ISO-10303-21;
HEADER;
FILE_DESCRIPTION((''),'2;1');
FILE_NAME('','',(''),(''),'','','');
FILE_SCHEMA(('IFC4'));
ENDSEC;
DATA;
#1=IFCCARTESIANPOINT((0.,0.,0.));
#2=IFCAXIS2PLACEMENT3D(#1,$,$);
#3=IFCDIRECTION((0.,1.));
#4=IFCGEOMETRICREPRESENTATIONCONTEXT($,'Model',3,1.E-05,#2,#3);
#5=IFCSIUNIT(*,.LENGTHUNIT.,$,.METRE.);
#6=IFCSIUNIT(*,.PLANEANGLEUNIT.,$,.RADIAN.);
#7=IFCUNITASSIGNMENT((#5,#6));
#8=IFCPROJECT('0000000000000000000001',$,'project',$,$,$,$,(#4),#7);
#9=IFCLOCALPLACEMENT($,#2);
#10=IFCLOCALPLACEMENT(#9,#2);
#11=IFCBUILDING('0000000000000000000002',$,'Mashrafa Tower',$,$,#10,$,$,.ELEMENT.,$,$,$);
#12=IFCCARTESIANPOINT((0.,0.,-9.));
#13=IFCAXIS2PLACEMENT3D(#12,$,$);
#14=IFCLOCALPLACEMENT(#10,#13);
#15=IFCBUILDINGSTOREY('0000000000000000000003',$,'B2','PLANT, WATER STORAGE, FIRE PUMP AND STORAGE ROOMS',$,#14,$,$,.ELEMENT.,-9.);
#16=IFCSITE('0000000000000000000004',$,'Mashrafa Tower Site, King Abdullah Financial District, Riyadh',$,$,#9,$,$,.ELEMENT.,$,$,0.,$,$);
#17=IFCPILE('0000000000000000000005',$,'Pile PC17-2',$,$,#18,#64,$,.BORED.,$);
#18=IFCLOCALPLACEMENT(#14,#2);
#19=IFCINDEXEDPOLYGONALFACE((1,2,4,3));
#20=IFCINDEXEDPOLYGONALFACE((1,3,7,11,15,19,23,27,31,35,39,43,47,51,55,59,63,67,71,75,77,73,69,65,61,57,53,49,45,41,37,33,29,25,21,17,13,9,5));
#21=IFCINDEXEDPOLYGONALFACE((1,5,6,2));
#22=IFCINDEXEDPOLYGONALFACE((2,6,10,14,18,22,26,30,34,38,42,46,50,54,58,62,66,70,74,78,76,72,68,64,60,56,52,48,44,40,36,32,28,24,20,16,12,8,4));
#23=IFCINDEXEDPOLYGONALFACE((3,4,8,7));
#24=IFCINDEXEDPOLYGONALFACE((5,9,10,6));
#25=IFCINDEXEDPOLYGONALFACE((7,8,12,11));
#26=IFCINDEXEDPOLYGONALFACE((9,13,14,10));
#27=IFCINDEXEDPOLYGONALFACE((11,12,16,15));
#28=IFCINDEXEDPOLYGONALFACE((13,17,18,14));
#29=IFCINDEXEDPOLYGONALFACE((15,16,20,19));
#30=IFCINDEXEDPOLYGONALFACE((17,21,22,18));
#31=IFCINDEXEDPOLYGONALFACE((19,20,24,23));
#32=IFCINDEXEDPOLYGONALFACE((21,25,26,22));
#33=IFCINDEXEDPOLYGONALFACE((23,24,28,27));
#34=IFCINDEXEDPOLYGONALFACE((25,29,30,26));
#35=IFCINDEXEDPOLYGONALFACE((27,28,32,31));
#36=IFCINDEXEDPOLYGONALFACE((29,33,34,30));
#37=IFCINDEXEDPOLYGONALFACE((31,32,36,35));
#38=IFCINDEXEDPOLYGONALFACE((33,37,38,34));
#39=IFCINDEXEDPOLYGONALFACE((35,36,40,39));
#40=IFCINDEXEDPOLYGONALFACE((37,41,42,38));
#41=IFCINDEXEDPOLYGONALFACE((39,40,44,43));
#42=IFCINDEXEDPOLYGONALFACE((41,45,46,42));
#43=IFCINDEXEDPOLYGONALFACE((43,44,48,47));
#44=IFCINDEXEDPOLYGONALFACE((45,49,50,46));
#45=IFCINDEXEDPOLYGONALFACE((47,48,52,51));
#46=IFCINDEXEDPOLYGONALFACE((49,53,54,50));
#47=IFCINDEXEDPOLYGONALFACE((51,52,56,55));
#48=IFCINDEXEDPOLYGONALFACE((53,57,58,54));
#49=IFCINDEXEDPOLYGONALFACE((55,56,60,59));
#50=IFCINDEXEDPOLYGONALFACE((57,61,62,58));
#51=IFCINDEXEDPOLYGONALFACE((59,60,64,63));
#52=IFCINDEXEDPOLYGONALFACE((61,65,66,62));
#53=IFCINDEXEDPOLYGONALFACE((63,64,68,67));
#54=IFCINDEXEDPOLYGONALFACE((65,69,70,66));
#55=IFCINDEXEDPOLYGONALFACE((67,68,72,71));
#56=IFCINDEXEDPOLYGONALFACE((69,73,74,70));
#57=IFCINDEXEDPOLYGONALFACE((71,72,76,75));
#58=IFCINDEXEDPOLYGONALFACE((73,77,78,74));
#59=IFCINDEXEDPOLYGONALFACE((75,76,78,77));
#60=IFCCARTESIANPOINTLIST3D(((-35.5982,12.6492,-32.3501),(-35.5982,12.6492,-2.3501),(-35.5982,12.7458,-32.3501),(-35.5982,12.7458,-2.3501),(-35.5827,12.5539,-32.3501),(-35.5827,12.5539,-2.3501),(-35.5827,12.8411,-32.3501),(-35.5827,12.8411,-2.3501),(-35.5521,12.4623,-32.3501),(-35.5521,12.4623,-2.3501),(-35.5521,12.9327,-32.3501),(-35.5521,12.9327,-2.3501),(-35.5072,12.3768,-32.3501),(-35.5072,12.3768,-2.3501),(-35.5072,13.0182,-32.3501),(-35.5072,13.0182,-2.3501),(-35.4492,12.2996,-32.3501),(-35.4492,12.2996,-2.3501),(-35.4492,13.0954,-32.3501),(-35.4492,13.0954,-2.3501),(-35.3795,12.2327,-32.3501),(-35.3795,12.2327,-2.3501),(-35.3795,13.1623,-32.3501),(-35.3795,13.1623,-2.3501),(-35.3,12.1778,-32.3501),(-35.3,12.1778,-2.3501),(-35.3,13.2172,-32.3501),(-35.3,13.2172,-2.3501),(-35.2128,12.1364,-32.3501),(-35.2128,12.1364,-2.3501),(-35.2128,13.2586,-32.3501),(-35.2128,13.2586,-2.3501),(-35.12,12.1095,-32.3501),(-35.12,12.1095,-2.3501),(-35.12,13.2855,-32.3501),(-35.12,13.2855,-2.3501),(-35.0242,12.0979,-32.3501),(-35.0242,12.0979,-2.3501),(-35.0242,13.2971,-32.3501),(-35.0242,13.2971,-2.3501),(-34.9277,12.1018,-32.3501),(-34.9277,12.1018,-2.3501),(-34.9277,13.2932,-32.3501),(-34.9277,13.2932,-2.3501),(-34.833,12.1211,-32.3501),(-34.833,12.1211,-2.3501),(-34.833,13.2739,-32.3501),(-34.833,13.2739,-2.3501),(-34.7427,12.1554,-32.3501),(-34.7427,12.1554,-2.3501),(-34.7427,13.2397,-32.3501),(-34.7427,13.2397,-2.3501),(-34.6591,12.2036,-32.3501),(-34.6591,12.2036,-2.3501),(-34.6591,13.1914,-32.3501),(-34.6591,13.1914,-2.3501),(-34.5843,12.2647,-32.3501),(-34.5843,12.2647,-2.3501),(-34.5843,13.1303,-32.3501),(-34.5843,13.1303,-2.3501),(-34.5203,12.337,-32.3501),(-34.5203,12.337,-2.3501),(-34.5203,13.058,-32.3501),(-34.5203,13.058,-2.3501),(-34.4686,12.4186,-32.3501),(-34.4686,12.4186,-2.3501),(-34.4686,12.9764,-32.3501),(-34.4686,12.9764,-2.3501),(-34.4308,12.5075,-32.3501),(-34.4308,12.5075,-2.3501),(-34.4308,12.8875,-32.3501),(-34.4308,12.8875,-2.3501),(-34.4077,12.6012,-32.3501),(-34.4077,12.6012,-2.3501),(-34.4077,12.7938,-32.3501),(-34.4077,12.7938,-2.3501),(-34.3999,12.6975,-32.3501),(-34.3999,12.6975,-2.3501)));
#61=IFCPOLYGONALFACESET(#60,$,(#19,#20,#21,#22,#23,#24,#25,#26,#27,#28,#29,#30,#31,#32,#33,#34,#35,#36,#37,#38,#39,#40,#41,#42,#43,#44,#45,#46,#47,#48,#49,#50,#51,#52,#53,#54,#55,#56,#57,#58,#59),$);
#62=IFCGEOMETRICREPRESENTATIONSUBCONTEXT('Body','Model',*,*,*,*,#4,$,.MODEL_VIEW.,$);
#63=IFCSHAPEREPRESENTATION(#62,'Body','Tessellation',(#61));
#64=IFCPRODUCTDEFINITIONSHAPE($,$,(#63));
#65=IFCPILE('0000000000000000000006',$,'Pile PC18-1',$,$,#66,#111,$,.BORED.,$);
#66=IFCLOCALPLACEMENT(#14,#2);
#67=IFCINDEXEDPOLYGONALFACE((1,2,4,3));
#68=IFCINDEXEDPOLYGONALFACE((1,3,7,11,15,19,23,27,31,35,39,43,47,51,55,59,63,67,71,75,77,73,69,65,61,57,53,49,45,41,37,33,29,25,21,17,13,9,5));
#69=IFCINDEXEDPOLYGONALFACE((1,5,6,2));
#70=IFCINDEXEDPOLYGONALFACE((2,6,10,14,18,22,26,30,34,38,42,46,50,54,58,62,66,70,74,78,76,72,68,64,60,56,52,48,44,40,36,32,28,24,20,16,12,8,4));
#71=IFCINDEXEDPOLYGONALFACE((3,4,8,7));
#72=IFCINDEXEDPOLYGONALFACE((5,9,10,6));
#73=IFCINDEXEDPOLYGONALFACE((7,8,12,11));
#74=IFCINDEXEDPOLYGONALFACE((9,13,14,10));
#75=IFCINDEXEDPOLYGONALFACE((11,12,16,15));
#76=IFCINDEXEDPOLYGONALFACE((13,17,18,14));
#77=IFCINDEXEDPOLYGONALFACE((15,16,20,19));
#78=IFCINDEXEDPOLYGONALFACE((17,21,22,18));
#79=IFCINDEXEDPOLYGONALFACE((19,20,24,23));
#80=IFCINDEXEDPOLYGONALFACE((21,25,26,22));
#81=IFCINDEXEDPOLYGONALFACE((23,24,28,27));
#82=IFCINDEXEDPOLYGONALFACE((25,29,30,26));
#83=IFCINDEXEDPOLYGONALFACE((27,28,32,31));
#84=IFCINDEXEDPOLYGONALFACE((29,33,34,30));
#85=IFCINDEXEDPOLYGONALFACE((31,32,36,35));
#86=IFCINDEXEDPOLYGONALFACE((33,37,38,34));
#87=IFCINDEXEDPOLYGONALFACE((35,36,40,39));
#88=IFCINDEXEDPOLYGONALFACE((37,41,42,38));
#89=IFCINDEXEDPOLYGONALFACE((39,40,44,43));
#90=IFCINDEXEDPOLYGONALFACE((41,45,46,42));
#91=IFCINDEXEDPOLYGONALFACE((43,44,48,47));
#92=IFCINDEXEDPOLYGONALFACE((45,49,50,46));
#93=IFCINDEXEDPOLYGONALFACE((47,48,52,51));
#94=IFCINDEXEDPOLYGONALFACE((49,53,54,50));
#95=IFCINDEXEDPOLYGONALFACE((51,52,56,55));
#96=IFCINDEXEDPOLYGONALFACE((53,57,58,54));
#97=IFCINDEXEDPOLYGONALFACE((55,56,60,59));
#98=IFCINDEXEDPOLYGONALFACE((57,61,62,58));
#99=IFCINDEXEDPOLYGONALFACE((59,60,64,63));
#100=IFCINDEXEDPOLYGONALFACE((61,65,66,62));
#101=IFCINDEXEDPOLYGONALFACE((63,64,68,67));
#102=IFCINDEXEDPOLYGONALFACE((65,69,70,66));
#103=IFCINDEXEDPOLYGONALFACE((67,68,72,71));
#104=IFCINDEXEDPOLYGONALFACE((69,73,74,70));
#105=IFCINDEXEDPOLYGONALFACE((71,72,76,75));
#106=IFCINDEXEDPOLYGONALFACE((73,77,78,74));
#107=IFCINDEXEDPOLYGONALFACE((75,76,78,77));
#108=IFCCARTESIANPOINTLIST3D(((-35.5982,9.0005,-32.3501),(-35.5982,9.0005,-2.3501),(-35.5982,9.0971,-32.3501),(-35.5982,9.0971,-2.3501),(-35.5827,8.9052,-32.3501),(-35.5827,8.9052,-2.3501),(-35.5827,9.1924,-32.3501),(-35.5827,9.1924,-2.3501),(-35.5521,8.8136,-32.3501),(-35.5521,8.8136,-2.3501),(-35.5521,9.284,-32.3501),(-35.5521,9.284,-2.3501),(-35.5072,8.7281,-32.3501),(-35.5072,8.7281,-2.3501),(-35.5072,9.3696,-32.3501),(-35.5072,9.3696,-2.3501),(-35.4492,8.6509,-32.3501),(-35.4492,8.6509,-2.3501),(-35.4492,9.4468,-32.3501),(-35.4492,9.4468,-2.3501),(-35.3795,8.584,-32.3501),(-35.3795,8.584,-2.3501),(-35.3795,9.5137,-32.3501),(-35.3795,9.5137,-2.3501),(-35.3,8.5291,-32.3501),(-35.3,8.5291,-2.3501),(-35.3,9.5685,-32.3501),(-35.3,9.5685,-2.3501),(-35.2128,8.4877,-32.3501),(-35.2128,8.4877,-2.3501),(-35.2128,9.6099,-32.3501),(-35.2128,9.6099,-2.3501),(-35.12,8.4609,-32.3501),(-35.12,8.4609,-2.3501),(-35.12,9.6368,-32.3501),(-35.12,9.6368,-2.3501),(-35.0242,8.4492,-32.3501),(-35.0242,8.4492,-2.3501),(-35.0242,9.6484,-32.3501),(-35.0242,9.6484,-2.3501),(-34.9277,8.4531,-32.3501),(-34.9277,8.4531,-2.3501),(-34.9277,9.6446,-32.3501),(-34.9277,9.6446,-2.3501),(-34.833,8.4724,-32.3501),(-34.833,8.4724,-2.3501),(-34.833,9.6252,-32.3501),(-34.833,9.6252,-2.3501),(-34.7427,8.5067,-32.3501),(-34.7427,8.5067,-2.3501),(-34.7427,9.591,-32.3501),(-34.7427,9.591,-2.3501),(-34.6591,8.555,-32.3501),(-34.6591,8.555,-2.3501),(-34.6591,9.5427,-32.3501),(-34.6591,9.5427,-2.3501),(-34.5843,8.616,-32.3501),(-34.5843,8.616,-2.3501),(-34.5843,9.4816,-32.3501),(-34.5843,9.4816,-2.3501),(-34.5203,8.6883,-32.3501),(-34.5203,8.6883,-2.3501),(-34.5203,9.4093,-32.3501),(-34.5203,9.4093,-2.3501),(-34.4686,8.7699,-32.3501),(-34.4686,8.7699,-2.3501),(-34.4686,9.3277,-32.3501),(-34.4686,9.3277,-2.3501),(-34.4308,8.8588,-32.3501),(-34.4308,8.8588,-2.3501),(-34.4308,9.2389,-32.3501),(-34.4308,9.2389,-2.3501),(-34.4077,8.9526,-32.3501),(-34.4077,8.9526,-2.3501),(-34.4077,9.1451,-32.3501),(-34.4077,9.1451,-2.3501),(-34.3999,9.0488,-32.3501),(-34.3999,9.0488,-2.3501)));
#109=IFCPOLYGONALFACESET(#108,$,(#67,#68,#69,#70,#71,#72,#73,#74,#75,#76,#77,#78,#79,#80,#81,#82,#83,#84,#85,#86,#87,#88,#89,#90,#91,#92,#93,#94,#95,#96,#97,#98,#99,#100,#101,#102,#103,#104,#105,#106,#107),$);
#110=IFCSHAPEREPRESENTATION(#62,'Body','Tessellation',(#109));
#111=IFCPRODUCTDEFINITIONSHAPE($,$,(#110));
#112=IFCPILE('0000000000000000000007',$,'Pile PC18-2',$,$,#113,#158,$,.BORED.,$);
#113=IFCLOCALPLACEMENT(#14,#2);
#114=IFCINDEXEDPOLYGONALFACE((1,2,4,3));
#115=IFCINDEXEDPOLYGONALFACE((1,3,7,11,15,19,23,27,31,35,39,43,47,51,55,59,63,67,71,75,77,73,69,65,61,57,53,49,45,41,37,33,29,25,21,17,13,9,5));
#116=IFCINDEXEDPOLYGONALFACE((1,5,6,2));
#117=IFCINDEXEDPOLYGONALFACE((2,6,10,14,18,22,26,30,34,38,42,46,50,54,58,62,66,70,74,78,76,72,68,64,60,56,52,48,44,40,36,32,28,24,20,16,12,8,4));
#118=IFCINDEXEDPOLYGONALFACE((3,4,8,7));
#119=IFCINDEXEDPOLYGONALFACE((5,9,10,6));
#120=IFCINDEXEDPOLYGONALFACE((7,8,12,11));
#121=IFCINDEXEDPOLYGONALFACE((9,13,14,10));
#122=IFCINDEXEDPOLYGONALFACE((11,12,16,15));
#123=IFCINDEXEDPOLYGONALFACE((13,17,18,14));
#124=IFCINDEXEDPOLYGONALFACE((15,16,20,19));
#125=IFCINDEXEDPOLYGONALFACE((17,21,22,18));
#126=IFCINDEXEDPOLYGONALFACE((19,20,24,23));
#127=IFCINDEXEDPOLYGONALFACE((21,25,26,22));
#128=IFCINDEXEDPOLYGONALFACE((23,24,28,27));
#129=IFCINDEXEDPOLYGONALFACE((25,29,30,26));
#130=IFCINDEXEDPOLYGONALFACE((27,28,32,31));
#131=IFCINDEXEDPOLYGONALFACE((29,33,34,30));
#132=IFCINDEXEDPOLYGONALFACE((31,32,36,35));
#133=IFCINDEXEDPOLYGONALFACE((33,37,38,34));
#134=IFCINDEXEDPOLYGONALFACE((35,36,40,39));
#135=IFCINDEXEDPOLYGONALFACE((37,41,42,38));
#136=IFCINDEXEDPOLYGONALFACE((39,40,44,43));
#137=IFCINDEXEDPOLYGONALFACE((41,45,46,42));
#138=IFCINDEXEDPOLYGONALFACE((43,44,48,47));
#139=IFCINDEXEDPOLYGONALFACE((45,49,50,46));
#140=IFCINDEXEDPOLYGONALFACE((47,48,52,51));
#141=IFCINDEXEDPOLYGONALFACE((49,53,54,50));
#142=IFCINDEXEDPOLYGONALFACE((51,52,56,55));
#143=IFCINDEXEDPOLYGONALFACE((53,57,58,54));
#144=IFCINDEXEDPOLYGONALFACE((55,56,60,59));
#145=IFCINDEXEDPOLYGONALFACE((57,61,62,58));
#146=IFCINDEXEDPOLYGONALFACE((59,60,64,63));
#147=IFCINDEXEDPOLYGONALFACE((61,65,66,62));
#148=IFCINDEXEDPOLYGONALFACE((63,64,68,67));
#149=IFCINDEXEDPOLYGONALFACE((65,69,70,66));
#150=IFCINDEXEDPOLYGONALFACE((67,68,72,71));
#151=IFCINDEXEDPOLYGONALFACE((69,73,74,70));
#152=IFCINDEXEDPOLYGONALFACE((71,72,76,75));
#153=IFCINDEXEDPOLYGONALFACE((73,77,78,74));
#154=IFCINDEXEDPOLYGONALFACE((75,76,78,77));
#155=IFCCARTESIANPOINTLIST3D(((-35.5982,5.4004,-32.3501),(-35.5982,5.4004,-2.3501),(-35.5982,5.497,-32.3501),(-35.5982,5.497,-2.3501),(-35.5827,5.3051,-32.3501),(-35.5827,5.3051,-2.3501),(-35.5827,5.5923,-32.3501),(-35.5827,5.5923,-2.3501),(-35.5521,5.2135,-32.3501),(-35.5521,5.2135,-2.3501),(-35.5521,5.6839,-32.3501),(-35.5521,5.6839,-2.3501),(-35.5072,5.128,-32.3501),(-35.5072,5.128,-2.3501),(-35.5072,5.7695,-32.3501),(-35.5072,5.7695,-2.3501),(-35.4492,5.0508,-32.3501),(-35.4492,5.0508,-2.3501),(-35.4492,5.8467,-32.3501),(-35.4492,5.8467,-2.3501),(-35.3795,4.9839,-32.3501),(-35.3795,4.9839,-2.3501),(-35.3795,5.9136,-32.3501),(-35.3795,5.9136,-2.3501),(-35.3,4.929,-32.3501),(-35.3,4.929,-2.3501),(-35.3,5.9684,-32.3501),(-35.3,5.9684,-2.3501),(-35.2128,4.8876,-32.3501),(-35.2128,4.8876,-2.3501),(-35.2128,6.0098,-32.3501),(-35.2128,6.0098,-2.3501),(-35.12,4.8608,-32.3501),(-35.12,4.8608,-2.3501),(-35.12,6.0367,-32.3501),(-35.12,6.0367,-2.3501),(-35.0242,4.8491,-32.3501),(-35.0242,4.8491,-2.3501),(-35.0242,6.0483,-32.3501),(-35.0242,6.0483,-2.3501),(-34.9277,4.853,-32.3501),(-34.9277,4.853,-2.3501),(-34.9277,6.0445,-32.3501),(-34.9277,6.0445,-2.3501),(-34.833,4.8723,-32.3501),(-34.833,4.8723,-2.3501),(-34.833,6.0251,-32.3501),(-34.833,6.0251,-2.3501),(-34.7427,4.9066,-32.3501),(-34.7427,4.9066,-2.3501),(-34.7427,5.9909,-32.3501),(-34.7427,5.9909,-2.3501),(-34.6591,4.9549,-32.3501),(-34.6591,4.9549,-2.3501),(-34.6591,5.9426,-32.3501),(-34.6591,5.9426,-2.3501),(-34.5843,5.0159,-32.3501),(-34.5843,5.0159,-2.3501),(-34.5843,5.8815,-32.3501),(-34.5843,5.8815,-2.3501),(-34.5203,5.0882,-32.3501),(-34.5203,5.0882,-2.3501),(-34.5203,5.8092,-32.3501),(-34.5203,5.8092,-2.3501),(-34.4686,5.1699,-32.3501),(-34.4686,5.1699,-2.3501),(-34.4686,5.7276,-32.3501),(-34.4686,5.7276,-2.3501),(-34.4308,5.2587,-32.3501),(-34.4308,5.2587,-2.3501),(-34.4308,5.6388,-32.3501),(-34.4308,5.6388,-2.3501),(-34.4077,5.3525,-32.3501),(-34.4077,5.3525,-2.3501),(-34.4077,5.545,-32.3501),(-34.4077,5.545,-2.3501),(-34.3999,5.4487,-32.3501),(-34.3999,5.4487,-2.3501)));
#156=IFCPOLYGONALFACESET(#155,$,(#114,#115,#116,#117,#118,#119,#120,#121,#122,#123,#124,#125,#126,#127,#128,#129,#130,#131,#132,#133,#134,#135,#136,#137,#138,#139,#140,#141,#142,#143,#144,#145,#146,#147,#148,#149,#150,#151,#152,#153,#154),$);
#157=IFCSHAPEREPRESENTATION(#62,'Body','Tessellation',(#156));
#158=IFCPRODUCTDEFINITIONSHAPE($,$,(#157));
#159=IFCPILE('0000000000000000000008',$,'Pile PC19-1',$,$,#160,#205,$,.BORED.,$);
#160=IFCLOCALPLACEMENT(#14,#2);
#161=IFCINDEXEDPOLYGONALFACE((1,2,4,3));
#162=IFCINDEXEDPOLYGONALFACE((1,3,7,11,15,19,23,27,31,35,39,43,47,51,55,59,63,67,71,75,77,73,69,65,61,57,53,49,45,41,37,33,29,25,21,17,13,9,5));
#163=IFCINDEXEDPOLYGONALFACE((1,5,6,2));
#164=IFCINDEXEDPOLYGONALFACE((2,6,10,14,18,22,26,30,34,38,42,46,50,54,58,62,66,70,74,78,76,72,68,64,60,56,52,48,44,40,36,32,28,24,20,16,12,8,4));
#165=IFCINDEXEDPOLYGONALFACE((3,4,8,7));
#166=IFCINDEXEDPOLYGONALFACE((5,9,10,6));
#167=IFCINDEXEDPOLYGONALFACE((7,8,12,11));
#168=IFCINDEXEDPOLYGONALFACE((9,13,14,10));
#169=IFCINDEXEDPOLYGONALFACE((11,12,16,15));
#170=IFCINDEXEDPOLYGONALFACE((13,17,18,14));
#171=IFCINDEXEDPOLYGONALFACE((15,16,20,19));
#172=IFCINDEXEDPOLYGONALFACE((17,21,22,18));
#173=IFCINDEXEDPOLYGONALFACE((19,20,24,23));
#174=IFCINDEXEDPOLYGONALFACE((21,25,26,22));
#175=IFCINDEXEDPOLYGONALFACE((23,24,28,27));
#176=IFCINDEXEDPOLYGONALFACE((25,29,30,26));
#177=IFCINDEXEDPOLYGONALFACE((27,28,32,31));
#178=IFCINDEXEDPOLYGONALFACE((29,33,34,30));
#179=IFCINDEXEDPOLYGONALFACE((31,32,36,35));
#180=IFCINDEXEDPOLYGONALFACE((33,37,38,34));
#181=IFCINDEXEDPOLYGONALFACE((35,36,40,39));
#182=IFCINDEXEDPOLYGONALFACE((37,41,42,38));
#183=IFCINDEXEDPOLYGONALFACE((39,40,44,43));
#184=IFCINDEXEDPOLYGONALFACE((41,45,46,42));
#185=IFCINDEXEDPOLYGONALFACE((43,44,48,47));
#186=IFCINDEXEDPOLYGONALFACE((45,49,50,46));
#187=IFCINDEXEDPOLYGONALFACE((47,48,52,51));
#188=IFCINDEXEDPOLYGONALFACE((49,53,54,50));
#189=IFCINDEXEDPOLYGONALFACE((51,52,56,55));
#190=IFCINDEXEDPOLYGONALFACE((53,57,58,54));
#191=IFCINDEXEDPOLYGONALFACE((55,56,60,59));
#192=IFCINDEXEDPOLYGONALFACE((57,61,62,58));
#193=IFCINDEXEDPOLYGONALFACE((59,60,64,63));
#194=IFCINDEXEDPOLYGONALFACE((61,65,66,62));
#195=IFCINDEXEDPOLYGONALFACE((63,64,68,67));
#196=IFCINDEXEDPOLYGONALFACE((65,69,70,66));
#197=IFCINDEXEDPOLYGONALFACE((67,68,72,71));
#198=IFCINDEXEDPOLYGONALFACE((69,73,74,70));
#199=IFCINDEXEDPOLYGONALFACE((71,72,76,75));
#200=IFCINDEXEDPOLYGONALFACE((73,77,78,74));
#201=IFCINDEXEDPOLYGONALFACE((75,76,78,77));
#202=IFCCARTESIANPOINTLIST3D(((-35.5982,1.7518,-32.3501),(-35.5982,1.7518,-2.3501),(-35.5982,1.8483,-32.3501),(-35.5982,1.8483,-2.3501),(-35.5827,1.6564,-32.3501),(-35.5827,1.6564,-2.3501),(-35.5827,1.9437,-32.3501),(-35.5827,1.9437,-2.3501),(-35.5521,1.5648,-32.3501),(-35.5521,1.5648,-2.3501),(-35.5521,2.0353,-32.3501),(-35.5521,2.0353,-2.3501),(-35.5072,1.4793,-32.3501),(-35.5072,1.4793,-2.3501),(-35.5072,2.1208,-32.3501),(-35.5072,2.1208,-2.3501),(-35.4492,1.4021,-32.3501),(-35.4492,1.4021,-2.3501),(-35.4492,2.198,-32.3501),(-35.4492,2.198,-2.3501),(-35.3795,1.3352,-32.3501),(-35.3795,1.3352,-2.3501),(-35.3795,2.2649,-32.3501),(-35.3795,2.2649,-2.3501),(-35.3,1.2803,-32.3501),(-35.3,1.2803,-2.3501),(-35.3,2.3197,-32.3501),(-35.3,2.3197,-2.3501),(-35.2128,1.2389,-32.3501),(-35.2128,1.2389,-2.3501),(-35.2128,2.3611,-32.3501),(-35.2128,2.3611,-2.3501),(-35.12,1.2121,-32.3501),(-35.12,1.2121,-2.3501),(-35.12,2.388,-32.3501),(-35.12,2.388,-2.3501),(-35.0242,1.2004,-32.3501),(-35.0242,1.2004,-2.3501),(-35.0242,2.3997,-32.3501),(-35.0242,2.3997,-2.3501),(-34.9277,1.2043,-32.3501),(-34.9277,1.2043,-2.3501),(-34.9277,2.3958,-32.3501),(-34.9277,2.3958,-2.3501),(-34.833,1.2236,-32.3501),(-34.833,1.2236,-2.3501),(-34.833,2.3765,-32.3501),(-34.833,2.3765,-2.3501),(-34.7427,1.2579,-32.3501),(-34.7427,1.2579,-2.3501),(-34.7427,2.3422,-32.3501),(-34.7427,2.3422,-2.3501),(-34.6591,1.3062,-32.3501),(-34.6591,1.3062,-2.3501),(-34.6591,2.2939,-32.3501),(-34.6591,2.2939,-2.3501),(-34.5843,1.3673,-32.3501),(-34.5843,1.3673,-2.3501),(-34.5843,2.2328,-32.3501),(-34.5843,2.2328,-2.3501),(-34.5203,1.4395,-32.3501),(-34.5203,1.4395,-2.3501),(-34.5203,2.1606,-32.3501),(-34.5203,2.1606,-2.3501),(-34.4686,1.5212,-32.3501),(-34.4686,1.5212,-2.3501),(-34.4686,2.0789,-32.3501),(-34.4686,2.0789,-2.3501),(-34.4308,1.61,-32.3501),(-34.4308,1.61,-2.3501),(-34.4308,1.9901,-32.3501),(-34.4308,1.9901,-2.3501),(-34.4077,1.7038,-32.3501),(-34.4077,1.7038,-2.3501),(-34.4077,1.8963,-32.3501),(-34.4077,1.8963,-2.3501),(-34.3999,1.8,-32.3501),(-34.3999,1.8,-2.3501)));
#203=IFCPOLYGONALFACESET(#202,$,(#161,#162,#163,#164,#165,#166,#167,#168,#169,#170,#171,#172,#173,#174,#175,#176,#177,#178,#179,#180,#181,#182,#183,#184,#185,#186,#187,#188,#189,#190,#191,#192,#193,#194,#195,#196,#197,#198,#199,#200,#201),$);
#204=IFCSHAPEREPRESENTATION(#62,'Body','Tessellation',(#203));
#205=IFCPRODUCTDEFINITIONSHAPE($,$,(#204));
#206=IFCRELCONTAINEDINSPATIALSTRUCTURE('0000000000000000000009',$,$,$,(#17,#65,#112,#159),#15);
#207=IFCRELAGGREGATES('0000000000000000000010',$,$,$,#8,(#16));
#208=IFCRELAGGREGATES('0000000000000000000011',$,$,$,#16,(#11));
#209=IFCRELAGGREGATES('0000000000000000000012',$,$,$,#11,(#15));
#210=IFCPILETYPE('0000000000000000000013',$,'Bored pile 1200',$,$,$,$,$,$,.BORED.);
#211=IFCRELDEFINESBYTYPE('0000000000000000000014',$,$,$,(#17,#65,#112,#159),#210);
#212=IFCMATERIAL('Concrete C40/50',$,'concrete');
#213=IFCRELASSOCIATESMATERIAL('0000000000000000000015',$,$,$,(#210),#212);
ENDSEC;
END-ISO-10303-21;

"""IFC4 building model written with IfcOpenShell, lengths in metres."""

from ifc_helpers import new_model, si_unit, direction, frame, origin, origin_2d, place, context, subcontext, project, spatial, circle, extrude, material, material_profile, profile_set, type_object, element, save


model = new_model("IFC4")

# Units and contexts
model_context = context("Model", 3, precision=1e-05, world=origin(), true_north=direction((0.0, 1.0)))
body_context = subcontext(model_context, "Body", "Model", "MODEL_VIEW")
ifc_project = project(units=[si_unit("LENGTHUNIT", "METRE"), si_unit("PLANEANGLEUNIT", "RADIAN")], contexts=[model_context])

# Site, building, storey
site_placement = place(None, origin())
site = spatial("IfcSite", under=ifc_project, at=site_placement, Name="Mashrafa Tower Site, King Abdullah Financial District, Riyadh", CompositionType="ELEMENT", RefElevation=0.0)
building_placement = place(site_placement, origin())
building = spatial("IfcBuilding", under=site, at=building_placement, Name="Mashrafa Tower", CompositionType="ELEMENT")
storey_placement = place(building_placement, frame((0.0, 0.0, -9.0)))
storey = spatial("IfcBuildingStorey", under=building, at=storey_placement, Name="B2", Description="PLANT, WATER STORAGE, FIRE PUMP AND STORAGE ROOMS", CompositionType="ELEMENT", Elevation=-9.0)

# Piles
ifc_material_1 = material(Name="Concrete C40/50", Category="concrete")
ifc_material_profile_1 = material_profile(ifc_material_1, circle(Radius=0.6001, at=origin_2d()), Name="1200 DIA")
ifc_profile_set_1 = profile_set([ifc_material_profile_1], Name="Concrete C40/50")
pile_type_1 = type_object("IfcPileType", Name="Bored pile 1200", PredefinedType="BORED", material=ifc_profile_set_1)
for number, where, z_axis, x_axis, name in (
    (1, (-35.0, 12.6975, -2.3501), (0.0, 0.0, -1.0), (1.0, 0.0, 0.0), "Pile PC17-2"),
    (2, (-35.0, 9.0488, -2.3501), (0.0, 0.0, -1.0), (1.0, 0.0, 0.0), "Pile PC18-1"),
    (3, (-35.0, 5.4487, -2.3501), (0.0, 0.0, -1.0), (1.0, 0.0, 0.0), "Pile PC18-2"),
    (4, (-35.0, 1.8, -2.3501), (0.0, 0.0, -1.0), (1.0, 0.0, 0.0), "Pile PC19-1"),
):
    element("IfcPile", number, at=place(storey_placement, frame(where, z_axis=z_axis, x_axis=x_axis)), inside=storey, type_object=pile_type_1, Name=name, PredefinedType="BORED", context=body_context, shape_type="SweptSolid", body=[
        extrude(circle(Radius=0.6001, at=origin_2d()), origin(), (0.0, 0.0, 1.0), 30.0),
    ])

save(model, "model.ifc")
